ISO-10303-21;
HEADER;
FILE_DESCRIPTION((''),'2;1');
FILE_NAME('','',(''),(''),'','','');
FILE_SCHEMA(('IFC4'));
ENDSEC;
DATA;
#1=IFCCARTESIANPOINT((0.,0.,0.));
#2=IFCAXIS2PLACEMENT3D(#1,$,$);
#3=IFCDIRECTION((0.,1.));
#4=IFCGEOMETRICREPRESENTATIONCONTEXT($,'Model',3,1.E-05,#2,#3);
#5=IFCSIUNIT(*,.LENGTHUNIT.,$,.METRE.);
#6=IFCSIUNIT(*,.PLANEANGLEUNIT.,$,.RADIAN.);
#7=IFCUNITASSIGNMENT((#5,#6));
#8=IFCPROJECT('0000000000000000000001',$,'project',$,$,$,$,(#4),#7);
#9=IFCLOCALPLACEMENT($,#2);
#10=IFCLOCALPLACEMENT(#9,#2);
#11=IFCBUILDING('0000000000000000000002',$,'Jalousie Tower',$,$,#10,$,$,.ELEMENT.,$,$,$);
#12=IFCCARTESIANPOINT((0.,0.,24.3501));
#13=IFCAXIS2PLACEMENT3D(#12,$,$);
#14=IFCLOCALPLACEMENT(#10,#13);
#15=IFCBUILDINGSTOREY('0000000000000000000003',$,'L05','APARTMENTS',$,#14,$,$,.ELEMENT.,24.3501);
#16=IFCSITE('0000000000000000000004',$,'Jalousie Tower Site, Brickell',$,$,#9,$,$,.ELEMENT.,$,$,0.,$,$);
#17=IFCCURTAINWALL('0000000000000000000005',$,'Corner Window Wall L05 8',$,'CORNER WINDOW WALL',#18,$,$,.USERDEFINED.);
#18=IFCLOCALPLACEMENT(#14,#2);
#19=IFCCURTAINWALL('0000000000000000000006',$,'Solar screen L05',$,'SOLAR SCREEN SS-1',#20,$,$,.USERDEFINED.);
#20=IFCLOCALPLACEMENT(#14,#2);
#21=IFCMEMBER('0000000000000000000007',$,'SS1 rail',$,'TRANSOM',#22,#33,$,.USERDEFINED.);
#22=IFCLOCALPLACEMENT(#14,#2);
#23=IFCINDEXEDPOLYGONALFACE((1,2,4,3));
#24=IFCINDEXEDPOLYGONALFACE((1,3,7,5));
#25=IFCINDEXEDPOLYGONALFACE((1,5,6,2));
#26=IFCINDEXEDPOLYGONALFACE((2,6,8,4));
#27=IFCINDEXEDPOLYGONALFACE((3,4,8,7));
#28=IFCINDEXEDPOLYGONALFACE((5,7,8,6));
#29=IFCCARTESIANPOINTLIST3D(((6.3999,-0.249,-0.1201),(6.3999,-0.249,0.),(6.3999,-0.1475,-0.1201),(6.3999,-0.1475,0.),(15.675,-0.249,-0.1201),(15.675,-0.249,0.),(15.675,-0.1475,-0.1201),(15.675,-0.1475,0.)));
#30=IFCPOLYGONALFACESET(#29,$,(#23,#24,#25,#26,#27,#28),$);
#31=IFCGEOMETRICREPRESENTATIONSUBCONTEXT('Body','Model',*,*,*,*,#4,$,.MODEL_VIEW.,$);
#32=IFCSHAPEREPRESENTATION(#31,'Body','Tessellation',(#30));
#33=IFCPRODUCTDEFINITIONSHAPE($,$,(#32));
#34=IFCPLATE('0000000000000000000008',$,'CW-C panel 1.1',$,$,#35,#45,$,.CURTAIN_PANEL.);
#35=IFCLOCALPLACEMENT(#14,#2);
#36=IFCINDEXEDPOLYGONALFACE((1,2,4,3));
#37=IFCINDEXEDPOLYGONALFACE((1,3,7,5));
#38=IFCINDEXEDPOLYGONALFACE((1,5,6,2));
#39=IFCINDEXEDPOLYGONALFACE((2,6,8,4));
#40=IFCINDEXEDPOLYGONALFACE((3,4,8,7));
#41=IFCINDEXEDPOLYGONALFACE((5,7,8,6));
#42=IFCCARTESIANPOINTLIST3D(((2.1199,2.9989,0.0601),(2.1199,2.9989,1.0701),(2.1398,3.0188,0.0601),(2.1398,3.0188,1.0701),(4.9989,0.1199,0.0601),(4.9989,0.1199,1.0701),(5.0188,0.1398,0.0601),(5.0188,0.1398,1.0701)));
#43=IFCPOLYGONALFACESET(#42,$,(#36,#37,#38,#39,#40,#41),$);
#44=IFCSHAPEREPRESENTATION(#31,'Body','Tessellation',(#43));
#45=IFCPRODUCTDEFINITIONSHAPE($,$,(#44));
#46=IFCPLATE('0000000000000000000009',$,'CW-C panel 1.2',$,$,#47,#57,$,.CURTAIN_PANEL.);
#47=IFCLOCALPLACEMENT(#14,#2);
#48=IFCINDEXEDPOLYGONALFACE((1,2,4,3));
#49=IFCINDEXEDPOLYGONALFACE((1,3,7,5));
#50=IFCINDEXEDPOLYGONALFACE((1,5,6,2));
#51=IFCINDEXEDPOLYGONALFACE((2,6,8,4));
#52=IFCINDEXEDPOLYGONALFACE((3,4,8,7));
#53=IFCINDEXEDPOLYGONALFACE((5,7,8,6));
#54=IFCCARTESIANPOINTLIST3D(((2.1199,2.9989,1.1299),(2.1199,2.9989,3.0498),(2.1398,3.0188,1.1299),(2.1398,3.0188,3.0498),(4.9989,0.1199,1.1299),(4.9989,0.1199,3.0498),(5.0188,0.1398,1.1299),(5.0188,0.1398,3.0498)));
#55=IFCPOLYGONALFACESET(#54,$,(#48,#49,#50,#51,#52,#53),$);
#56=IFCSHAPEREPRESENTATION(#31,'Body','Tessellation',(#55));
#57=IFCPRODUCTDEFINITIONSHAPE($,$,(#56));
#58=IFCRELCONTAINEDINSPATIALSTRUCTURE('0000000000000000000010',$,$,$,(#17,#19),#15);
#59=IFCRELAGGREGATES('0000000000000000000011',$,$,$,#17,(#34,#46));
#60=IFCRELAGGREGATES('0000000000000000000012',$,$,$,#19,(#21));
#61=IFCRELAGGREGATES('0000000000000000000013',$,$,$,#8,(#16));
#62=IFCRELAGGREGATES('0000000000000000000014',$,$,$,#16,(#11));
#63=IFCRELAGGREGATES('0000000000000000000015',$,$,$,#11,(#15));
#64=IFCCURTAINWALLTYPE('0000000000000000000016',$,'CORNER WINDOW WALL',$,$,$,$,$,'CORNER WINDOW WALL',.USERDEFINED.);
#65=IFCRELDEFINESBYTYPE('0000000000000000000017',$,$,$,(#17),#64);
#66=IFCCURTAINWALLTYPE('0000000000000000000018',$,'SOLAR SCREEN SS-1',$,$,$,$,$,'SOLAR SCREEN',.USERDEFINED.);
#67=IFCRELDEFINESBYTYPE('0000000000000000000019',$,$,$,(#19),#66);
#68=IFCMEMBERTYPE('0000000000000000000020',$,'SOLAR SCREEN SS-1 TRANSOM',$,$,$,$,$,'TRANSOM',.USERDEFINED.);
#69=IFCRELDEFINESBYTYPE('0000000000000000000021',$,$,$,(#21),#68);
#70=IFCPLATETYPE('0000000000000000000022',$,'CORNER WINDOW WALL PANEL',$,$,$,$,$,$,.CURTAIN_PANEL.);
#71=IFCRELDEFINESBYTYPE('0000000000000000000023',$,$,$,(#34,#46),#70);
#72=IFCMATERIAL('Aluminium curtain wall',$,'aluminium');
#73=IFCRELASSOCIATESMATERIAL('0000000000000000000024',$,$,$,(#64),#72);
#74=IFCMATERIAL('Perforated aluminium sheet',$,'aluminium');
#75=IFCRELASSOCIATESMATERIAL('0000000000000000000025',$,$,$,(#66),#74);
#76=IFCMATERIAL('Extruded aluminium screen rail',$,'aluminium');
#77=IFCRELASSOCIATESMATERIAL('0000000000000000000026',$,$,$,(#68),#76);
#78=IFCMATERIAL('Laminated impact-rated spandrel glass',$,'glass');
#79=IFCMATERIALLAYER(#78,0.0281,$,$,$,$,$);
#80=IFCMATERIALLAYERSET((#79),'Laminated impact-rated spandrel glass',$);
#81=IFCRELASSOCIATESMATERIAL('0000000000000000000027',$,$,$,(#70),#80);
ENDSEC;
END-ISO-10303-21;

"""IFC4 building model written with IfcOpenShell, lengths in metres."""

from ifc_helpers import new_model, si_unit, direction, frame, origin, origin_2d, place, context, subcontext, project, spatial, rectangle, extrude, material, layer, layer_set, material_profile, profile_set, type_object, element, aggregate, save


model = new_model("IFC4")

# Units and contexts
model_context = context("Model", 3, precision=1e-05, world=origin(), true_north=direction((0.0, 1.0)))
body_context = subcontext(model_context, "Body", "Model", "MODEL_VIEW")
ifc_project = project(units=[si_unit("LENGTHUNIT", "METRE"), si_unit("PLANEANGLEUNIT", "RADIAN")], contexts=[model_context])

# Site, building, storey
site_placement = place(None, origin())
site = spatial("IfcSite", under=ifc_project, at=site_placement, Name="Jalousie Tower Site, Brickell", CompositionType="ELEMENT", RefElevation=0.0)
building_placement = place(site_placement, origin())
building = spatial("IfcBuilding", under=site, at=building_placement, Name="Jalousie Tower", CompositionType="ELEMENT")
storey_placement = place(building_placement, frame((0.0, 0.0, 24.3501)))
storey = spatial("IfcBuildingStorey", under=building, at=storey_placement, Name="L05", Description="APARTMENTS", CompositionType="ELEMENT", Elevation=24.3501)

# Curtain wall
ifc_material_1 = material(Name="Aluminium curtain wall", Category="aluminium")
curtain_wall_type_1 = type_object("IfcCurtainWallType", Name="CORNER WINDOW WALL", ElementType="CORNER WINDOW WALL", PredefinedType="USERDEFINED", material=ifc_material_1)
curtain_wall_1_placement = place(storey_placement, origin())
curtain_wall_1 = element("IfcCurtainWall", 1, at=curtain_wall_1_placement, inside=storey, type_object=curtain_wall_type_1, Name="Corner Window Wall L05 8", ObjectType="CORNER WINDOW WALL", PredefinedType="USERDEFINED")

# Curtain wall, member
ifc_material_2 = material(Name="Perforated aluminium sheet", Category="aluminium")
curtain_wall_type_2 = type_object("IfcCurtainWallType", Name="SOLAR SCREEN SS-1", ElementType="SOLAR SCREEN", PredefinedType="USERDEFINED", material=ifc_material_2)
curtain_wall_2_placement = place(storey_placement, origin())
curtain_wall_2 = element("IfcCurtainWall", 2, at=curtain_wall_2_placement, inside=storey, type_object=curtain_wall_type_2, Name="Solar screen L05", ObjectType="SOLAR SCREEN SS-1", PredefinedType="USERDEFINED")
ifc_material_3 = material(Name="Extruded aluminium screen rail", Category="aluminium")
ifc_material_profile_1 = material_profile(ifc_material_3, rectangle(XDim=0.1016, YDim=0.1201, at=origin_2d()), Name="RAIL 102x120")
ifc_profile_set_1 = profile_set([ifc_material_profile_1], Name="Extruded aluminium screen rail")
member_type_1 = type_object("IfcMemberType", Name="SOLAR SCREEN SS-1 TRANSOM", ElementType="TRANSOM", PredefinedType="USERDEFINED", material=ifc_profile_set_1)
member_1_placement = place(storey_placement, frame((6.3999, -0.1982, -0.0601), z_axis=(1.0, 0.0, 0.0), x_axis=(0.0, 1.0, 0.0)))
member_1 = element("IfcMember", 3, at=member_1_placement, type_object=member_type_1, Name="SS1 rail", ObjectType="TRANSOM", PredefinedType="USERDEFINED", context=body_context, shape_type="SweptSolid", body=[
    extrude(rectangle(XDim=0.1016, YDim=0.1201, at=origin_2d()), origin(), (0.0, 0.0, 1.0), 9.2751),
])

# Plates
ifc_material_4 = material(Name="Laminated impact-rated spandrel glass", Category="glass")
ifc_layer_1 = layer(ifc_material_4, 0.0281)
ifc_layer_set_1 = layer_set([ifc_layer_1], Name="Laminated impact-rated spandrel glass")
plate_type_1 = type_object("IfcPlateType", Name="CORNER WINDOW WALL PANEL", PredefinedType="CURTAIN_PANEL", material=ifc_layer_set_1)
plate_1_placement = place(storey_placement, frame((3.5693, 1.5693, 0.0601), z_axis=(0.0, 0.0, 1.0), x_axis=(0.707107, -0.707107, 0.0)))
plate_1 = element("IfcPlate", 4, at=plate_1_placement, type_object=plate_type_1, Name="CW-C panel 1.1", PredefinedType="CURTAIN_PANEL", context=body_context, shape_type="SweptSolid", body=[
    extrude(rectangle(XDim=4.0715, YDim=0.0281, at=origin_2d()), origin(), (0.0, 0.0, 1.0), 1.01),
])
plate_2_placement = place(storey_placement, frame((3.5693, 1.5693, 1.1299), z_axis=(0.0, 0.0, 1.0), x_axis=(0.707107, -0.707107, 0.0)))
plate_2 = element("IfcPlate", 5, at=plate_2_placement, type_object=plate_type_1, Name="CW-C panel 1.2", PredefinedType="CURTAIN_PANEL", context=body_context, shape_type="SweptSolid", body=[
    extrude(rectangle(XDim=4.0715, YDim=0.0281, at=origin_2d()), origin(), (0.0, 0.0, 1.0), 1.9199),
])
aggregate(curtain_wall_1, [plate_1, plate_2])

aggregate(curtain_wall_2, [member_1])

save(model, "model.ifc")
